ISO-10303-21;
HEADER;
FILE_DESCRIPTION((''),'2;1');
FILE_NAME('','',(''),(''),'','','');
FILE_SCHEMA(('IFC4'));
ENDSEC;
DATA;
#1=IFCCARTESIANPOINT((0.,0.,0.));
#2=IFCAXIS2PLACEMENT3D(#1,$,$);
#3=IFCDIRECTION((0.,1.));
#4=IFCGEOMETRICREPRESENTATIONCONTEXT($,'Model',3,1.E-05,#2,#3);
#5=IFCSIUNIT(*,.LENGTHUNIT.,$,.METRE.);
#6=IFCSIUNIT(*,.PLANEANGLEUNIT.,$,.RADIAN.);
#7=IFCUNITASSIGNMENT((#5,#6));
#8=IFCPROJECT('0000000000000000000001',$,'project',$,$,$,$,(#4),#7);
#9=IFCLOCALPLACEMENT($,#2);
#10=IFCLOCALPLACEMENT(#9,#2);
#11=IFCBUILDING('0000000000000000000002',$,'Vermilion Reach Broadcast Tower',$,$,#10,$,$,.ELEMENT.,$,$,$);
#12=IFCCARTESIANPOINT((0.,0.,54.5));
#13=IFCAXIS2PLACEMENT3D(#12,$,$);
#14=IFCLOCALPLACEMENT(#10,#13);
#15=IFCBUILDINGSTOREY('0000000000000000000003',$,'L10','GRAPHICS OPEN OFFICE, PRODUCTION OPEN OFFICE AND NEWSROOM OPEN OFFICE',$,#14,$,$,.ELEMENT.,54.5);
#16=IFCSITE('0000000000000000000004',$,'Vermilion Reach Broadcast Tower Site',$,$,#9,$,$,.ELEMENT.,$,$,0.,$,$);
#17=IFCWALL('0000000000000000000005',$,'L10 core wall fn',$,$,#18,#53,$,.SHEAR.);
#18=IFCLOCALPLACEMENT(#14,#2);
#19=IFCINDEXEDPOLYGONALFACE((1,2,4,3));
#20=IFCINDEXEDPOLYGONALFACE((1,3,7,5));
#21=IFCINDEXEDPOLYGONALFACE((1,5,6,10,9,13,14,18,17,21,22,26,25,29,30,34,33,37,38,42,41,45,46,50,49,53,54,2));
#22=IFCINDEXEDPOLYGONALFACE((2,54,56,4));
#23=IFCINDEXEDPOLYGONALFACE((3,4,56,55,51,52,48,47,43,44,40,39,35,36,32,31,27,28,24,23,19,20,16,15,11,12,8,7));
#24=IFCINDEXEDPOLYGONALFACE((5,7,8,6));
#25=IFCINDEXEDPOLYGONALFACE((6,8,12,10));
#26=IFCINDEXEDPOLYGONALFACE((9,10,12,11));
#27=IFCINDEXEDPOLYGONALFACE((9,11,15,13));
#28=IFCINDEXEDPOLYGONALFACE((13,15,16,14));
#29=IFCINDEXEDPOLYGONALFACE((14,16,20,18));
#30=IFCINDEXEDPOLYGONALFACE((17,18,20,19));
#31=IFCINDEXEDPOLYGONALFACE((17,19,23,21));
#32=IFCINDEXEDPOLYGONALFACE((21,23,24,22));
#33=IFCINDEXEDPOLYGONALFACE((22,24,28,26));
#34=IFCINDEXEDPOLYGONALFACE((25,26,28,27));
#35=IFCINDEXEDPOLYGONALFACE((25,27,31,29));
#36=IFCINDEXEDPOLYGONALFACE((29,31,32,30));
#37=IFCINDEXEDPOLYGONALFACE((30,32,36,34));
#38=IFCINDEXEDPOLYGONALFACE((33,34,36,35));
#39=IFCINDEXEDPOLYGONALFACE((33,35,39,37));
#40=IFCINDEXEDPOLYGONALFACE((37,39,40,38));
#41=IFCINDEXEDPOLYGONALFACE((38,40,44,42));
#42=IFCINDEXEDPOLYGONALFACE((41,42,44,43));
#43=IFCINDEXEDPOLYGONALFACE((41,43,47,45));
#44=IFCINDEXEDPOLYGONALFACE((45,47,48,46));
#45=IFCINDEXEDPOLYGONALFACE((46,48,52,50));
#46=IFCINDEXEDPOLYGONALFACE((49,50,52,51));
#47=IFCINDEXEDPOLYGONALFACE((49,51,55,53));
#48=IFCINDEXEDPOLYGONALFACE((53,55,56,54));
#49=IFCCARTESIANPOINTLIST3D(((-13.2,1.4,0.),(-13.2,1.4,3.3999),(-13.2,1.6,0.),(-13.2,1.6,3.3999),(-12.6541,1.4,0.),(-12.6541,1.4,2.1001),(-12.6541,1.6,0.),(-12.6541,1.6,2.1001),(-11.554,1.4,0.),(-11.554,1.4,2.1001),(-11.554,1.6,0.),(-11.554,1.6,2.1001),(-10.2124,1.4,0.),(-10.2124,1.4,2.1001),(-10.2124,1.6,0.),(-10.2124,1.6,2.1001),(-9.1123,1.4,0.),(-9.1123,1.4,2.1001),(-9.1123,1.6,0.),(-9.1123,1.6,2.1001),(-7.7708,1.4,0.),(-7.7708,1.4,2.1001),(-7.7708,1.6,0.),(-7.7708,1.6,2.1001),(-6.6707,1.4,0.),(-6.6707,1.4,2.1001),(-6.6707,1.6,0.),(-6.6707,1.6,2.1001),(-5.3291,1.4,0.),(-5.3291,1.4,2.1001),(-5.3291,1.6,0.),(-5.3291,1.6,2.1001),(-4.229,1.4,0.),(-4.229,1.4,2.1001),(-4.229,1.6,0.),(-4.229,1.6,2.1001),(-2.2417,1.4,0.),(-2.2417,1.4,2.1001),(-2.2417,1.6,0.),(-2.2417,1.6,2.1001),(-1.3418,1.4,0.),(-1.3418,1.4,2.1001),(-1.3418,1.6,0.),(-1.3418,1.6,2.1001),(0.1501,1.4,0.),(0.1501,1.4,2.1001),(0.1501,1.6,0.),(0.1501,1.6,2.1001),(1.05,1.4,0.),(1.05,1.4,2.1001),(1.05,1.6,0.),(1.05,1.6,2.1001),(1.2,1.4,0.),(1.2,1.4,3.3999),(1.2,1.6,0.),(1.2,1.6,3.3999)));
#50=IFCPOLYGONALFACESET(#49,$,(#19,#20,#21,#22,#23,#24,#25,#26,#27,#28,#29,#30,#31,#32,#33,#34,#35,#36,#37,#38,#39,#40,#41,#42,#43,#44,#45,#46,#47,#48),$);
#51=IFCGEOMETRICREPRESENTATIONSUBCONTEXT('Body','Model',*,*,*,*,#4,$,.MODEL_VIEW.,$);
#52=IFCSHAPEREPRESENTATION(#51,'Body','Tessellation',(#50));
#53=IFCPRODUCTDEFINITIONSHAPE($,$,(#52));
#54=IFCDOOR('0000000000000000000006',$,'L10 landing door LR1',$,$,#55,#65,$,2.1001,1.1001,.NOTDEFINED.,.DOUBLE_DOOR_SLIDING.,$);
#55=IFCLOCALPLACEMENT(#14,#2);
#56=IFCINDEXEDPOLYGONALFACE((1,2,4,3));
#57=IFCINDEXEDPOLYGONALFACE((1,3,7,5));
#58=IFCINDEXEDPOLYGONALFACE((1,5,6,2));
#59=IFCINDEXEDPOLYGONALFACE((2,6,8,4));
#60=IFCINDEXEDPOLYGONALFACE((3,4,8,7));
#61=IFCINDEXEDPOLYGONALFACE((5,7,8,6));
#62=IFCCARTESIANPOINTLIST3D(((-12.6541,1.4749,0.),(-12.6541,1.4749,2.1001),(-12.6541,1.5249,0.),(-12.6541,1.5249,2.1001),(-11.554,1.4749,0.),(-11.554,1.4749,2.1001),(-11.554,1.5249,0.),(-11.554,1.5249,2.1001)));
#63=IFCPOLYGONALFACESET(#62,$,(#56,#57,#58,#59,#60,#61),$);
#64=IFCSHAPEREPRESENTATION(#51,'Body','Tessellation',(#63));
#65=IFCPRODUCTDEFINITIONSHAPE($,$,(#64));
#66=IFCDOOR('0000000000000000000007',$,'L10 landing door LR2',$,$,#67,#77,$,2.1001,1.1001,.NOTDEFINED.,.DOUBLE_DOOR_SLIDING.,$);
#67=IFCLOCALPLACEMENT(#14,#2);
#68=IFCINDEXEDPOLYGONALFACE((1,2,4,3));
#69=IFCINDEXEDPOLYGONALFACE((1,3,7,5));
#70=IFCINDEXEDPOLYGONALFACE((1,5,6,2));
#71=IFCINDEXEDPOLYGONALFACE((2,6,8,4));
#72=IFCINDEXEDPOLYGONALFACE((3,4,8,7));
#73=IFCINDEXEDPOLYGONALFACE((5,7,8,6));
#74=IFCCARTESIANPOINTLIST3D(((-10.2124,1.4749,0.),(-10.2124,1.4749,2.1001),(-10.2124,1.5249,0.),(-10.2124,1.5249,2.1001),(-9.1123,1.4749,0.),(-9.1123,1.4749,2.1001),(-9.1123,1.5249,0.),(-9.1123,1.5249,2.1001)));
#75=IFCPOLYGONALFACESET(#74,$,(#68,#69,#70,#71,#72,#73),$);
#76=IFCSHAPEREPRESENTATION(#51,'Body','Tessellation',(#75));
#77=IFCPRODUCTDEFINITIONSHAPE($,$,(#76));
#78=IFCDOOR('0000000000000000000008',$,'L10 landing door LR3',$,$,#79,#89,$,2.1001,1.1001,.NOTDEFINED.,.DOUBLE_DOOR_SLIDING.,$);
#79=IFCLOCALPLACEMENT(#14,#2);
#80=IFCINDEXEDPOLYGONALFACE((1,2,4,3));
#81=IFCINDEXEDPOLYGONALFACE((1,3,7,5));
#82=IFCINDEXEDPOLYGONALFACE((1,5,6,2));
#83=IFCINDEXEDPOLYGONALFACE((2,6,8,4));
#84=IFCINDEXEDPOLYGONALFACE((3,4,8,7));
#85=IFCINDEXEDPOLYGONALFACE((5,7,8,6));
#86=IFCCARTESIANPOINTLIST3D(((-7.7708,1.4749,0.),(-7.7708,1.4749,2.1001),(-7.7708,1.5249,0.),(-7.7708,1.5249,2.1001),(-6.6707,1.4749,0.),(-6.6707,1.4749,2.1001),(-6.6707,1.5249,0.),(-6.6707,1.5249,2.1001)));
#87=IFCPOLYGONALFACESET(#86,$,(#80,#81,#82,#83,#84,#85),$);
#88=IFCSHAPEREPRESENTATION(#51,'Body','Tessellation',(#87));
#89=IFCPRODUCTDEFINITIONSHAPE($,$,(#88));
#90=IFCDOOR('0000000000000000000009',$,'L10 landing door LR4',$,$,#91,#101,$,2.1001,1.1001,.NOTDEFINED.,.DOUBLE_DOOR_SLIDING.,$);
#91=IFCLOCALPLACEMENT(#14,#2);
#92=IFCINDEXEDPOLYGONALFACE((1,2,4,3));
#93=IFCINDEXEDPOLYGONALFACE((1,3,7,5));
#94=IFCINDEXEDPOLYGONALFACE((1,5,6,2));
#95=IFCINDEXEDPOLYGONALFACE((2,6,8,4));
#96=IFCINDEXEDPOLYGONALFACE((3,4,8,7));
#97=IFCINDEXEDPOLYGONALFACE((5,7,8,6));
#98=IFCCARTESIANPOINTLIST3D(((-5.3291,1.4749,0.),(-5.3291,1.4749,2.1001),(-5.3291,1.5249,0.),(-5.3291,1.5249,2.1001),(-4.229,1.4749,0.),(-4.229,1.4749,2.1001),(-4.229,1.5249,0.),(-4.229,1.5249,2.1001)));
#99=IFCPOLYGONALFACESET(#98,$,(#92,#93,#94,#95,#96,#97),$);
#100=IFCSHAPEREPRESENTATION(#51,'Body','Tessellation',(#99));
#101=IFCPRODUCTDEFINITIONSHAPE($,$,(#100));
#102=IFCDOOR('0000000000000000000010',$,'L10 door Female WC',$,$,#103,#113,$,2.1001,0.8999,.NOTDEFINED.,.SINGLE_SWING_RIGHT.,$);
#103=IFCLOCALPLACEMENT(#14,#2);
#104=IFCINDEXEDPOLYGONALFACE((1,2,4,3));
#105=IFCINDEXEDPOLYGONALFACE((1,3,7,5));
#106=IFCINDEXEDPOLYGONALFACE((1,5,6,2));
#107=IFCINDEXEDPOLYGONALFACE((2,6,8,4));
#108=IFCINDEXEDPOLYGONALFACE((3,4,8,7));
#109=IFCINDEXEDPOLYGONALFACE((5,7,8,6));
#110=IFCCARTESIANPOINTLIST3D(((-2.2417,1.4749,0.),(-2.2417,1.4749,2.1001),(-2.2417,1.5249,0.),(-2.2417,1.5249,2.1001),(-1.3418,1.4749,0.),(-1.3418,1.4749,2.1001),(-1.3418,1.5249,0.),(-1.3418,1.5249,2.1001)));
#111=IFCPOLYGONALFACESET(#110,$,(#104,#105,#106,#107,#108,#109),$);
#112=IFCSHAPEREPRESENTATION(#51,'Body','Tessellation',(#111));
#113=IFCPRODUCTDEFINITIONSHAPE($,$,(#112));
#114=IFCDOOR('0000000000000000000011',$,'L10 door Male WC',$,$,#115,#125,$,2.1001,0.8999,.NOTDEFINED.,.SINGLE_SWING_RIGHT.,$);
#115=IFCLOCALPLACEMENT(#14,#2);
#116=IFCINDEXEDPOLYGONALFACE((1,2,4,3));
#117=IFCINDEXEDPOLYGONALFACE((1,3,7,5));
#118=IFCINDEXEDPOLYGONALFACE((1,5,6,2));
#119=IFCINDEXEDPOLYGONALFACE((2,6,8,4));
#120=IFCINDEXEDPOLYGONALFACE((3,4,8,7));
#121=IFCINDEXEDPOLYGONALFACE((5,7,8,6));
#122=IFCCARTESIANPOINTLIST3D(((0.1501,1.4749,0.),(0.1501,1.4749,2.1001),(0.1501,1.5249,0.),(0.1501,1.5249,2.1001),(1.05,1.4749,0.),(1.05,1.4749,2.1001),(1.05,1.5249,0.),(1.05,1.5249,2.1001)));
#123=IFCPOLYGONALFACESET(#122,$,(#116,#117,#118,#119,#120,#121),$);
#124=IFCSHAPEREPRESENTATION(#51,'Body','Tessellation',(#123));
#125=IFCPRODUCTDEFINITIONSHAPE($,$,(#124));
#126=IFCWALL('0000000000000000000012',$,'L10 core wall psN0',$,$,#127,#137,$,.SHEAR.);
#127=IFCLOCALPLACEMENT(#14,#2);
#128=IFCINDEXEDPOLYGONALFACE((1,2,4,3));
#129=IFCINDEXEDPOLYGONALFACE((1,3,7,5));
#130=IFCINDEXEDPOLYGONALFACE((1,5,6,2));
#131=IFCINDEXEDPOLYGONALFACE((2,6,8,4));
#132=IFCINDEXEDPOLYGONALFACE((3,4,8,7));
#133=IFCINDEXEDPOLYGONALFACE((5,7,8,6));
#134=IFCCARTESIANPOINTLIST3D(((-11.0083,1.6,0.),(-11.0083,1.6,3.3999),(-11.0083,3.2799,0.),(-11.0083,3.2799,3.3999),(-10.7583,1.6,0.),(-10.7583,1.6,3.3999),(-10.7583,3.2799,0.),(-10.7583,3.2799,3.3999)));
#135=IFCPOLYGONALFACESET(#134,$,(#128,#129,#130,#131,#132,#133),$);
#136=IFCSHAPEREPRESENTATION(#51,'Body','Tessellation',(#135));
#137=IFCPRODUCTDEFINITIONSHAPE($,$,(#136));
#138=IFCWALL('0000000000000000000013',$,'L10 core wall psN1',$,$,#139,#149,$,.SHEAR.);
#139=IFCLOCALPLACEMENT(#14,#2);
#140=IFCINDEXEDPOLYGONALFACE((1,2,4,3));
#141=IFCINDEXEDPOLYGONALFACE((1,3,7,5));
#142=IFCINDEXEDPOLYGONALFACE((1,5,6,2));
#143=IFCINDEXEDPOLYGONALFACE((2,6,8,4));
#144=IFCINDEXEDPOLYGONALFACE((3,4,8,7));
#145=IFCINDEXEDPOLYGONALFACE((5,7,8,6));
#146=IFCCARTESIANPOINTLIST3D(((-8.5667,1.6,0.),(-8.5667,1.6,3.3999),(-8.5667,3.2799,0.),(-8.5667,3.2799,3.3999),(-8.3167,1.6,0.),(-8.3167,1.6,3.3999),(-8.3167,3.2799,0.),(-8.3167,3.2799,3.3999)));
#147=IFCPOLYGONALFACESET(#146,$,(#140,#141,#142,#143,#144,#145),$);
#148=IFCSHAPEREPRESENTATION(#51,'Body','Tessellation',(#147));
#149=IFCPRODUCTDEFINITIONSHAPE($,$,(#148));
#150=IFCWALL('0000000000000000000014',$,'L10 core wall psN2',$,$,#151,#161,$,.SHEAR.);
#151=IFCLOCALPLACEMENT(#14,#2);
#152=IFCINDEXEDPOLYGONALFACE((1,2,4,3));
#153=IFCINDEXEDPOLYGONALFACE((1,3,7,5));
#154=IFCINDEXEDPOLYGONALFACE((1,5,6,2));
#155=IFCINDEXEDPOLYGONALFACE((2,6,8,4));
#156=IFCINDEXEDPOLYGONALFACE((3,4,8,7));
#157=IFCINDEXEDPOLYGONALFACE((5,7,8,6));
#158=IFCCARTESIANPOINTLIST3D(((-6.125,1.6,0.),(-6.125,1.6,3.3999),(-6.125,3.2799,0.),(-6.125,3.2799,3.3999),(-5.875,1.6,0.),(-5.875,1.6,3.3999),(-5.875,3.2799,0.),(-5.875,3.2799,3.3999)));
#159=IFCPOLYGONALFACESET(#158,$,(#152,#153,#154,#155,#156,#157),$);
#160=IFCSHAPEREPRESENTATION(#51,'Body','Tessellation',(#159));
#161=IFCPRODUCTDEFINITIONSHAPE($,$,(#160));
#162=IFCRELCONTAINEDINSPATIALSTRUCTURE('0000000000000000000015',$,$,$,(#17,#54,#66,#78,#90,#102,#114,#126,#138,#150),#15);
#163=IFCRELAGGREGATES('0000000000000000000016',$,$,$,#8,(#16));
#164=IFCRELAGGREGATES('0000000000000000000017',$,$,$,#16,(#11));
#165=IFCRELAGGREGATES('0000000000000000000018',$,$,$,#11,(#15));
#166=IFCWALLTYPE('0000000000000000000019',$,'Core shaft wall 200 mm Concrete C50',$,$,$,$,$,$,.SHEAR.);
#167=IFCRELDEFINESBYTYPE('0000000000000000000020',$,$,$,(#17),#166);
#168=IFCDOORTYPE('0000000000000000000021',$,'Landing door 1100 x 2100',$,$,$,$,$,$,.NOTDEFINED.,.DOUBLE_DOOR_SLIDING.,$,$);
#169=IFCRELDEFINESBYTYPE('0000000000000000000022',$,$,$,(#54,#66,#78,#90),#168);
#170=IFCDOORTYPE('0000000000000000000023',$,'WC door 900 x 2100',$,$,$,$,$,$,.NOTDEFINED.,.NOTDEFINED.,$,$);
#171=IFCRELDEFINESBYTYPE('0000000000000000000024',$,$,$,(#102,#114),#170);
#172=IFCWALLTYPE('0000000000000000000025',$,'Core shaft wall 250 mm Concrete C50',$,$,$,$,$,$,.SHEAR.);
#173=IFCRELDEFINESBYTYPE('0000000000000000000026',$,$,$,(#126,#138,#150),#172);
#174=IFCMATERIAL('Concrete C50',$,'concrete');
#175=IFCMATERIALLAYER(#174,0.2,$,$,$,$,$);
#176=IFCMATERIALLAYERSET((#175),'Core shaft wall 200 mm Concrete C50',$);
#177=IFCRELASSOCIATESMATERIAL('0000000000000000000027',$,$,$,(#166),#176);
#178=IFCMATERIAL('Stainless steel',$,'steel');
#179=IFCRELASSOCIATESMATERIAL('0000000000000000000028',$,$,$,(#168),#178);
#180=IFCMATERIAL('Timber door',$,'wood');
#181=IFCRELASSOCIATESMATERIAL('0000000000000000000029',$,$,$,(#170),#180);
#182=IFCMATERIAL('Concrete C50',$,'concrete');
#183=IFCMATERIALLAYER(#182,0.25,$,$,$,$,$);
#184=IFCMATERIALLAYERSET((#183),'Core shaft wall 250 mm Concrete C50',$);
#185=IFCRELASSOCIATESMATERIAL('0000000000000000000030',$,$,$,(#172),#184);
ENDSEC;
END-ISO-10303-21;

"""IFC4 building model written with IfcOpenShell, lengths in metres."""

from ifc_helpers import new_model, si_unit, direction, frame, frame_2d, origin, place, context, subcontext, project, spatial, rectangle, extrude, material, layer, layer_set, type_object, element, fill, save


model = new_model("IFC4")

# Units and contexts
model_context = context("Model", 3, precision=1e-05, world=origin(), true_north=direction((0.0, 1.0)))
body_context = subcontext(model_context, "Body", "Model", "MODEL_VIEW")
ifc_project = project(units=[si_unit("LENGTHUNIT", "METRE"), si_unit("PLANEANGLEUNIT", "RADIAN")], contexts=[model_context])

# Site, building, storey
site_placement = place(None, origin())
site = spatial("IfcSite", under=ifc_project, at=site_placement, Name="Vermilion Reach Broadcast Tower Site", CompositionType="ELEMENT", RefElevation=0.0)
building_placement = place(site_placement, origin())
building = spatial("IfcBuilding", under=site, at=building_placement, Name="Vermilion Reach Broadcast Tower", CompositionType="ELEMENT")
storey_placement = place(building_placement, frame((0.0, 0.0, 54.5)))
storey = spatial("IfcBuildingStorey", under=building, at=storey_placement, Name="L10", Description="GRAPHICS OPEN OFFICE, PRODUCTION OPEN OFFICE AND NEWSROOM OPEN OFFICE", CompositionType="ELEMENT", Elevation=54.5)

# Wall, openings, doors
ifc_material_1 = material(Name="Concrete C50", Category="concrete")
ifc_layer_1 = layer(ifc_material_1, 0.2)
ifc_layer_set_1 = layer_set([ifc_layer_1], Name="Core shaft wall 200 mm Concrete C50")
wall_type_1 = type_object("IfcWallType", Name="Core shaft wall 200 mm Concrete C50", PredefinedType="SHEAR", material=ifc_layer_set_1)
wall_1_placement = place(storey_placement, frame((-13.2, 1.5, 0.0), z_axis=(0.0, 0.0, 1.0), x_axis=(1.0, 0.0, 0.0)))
wall_1 = element("IfcWall", 1, at=wall_1_placement, inside=storey, type_object=wall_type_1, Name="L10 core wall fn", PredefinedType="SHEAR", context=body_context, shape_type="SweptSolid", body=[
    extrude(rectangle(XDim=14.3999, YDim=0.2, at=frame_2d((7.2, 0.0))), origin(), (0.0, 0.0, 1.0), 3.3999),
])
opening_1_placement = place(wall_1_placement, frame((0.5459, 0.0, 0.0)))
opening_1 = element("IfcOpeningElement", 2, at=opening_1_placement, cuts=wall_1, PredefinedType="OPENING", context=body_context, shape_type="SweptSolid", body=[
    extrude(rectangle(XDim=1.1001, YDim=2.1001, at=frame_2d((0.55, 1.05))), frame((0.0, 0.1099, 0.0), z_axis=(0.0, -1.0, 0.0), x_axis=(1.0, 0.0, 0.0)), (0.0, 0.0, 1.0), 0.22),
])
opening_2_placement = place(wall_1_placement, frame((2.9875, 0.0, 0.0)))
opening_2 = element("IfcOpeningElement", 3, at=opening_2_placement, cuts=wall_1, PredefinedType="OPENING", context=body_context, shape_type="SweptSolid", body=[
    extrude(rectangle(XDim=1.1001, YDim=2.1001, at=frame_2d((0.55, 1.05))), frame((0.0, 0.1099, 0.0), z_axis=(0.0, -1.0, 0.0), x_axis=(1.0, 0.0, 0.0)), (0.0, 0.0, 1.0), 0.22),
])
opening_3_placement = place(wall_1_placement, frame((5.4292, 0.0, 0.0)))
opening_3 = element("IfcOpeningElement", 4, at=opening_3_placement, cuts=wall_1, PredefinedType="OPENING", context=body_context, shape_type="SweptSolid", body=[
    extrude(rectangle(XDim=1.1001, YDim=2.1001, at=frame_2d((0.55, 1.05))), frame((0.0, 0.1099, 0.0), z_axis=(0.0, -1.0, 0.0), x_axis=(1.0, 0.0, 0.0)), (0.0, 0.0, 1.0), 0.22),
])
opening_4_placement = place(wall_1_placement, frame((7.8708, 0.0, 0.0)))
opening_4 = element("IfcOpeningElement", 5, at=opening_4_placement, cuts=wall_1, PredefinedType="OPENING", context=body_context, shape_type="SweptSolid", body=[
    extrude(rectangle(XDim=1.1001, YDim=2.1001, at=frame_2d((0.55, 1.05))), frame((0.0, 0.1099, 0.0), z_axis=(0.0, -1.0, 0.0), x_axis=(1.0, 0.0, 0.0)), (0.0, 0.0, 1.0), 0.22),
])
opening_5_placement = place(wall_1_placement, frame((10.9583, 0.0, 0.0)))
opening_5 = element("IfcOpeningElement", 6, at=opening_5_placement, cuts=wall_1, PredefinedType="OPENING", context=body_context, shape_type="SweptSolid", body=[
    extrude(rectangle(XDim=0.8999, YDim=2.1001, at=frame_2d((0.45, 1.05))), frame((0.0, 0.1099, 0.0), z_axis=(0.0, -1.0, 0.0), x_axis=(1.0, 0.0, 0.0)), (0.0, 0.0, 1.0), 0.22),
])
opening_6_placement = place(wall_1_placement, frame((13.3501, 0.0, 0.0)))
opening_6 = element("IfcOpeningElement", 7, at=opening_6_placement, cuts=wall_1, PredefinedType="OPENING", context=body_context, shape_type="SweptSolid", body=[
    extrude(rectangle(XDim=0.8999, YDim=2.1001, at=frame_2d((0.45, 1.05))), frame((0.0, 0.1099, 0.0), z_axis=(0.0, -1.0, 0.0), x_axis=(1.0, 0.0, 0.0)), (0.0, 0.0, 1.0), 0.22),
])
ifc_material_2 = material(Name="Stainless steel", Category="steel")
door_type_1 = type_object("IfcDoorType", Name="Landing door 1100 x 2100", OperationType="DOUBLE_DOOR_SLIDING", PredefinedType="NOTDEFINED", material=ifc_material_2)
door_1_placement = place(opening_1_placement, origin())
door_1 = element("IfcDoor", 8, at=door_1_placement, inside=storey, type_object=door_type_1, Name="L10 landing door LR1", OperationType="DOUBLE_DOOR_SLIDING", OverallHeight=2.1001, OverallWidth=1.1001, PredefinedType="NOTDEFINED", context=body_context, shape_type="SweptSolid", body=[
    extrude(rectangle(XDim=1.1001, YDim=2.1001, at=frame_2d((0.55, 1.05))), frame((0.0, 0.0249, 0.0), z_axis=(0.0, -1.0, 0.0), x_axis=(1.0, 0.0, 0.0)), (0.0, 0.0, 1.0), 0.05),
])
fill(opening_1, door_1)
door_2_placement = place(opening_2_placement, origin())
door_2 = element("IfcDoor", 9, at=door_2_placement, inside=storey, type_object=door_type_1, Name="L10 landing door LR2", OperationType="DOUBLE_DOOR_SLIDING", OverallHeight=2.1001, OverallWidth=1.1001, PredefinedType="NOTDEFINED", context=body_context, shape_type="SweptSolid", body=[
    extrude(rectangle(XDim=1.1001, YDim=2.1001, at=frame_2d((0.55, 1.05))), frame((0.0, 0.0249, 0.0), z_axis=(0.0, -1.0, 0.0), x_axis=(1.0, 0.0, 0.0)), (0.0, 0.0, 1.0), 0.05),
])
fill(opening_2, door_2)
door_3_placement = place(opening_3_placement, origin())
door_3 = element("IfcDoor", 10, at=door_3_placement, inside=storey, type_object=door_type_1, Name="L10 landing door LR3", OperationType="DOUBLE_DOOR_SLIDING", OverallHeight=2.1001, OverallWidth=1.1001, PredefinedType="NOTDEFINED", context=body_context, shape_type="SweptSolid", body=[
    extrude(rectangle(XDim=1.1001, YDim=2.1001, at=frame_2d((0.55, 1.05))), frame((0.0, 0.0249, 0.0), z_axis=(0.0, -1.0, 0.0), x_axis=(1.0, 0.0, 0.0)), (0.0, 0.0, 1.0), 0.05),
])
fill(opening_3, door_3)
door_4_placement = place(opening_4_placement, origin())
door_4 = element("IfcDoor", 11, at=door_4_placement, inside=storey, type_object=door_type_1, Name="L10 landing door LR4", OperationType="DOUBLE_DOOR_SLIDING", OverallHeight=2.1001, OverallWidth=1.1001, PredefinedType="NOTDEFINED", context=body_context, shape_type="SweptSolid", body=[
    extrude(rectangle(XDim=1.1001, YDim=2.1001, at=frame_2d((0.55, 1.05))), frame((0.0, 0.0249, 0.0), z_axis=(0.0, -1.0, 0.0), x_axis=(1.0, 0.0, 0.0)), (0.0, 0.0, 1.0), 0.05),
])
fill(opening_4, door_4)
ifc_material_3 = material(Name="Timber door", Category="wood")
door_type_2 = type_object("IfcDoorType", Name="WC door 900 x 2100", OperationType="NOTDEFINED", PredefinedType="NOTDEFINED", material=ifc_material_3)
door_5_placement = place(opening_5_placement, origin())
door_5 = element("IfcDoor", 12, at=door_5_placement, inside=storey, type_object=door_type_2, Name="L10 door Female WC", OperationType="SINGLE_SWING_RIGHT", OverallHeight=2.1001, OverallWidth=0.8999, PredefinedType="NOTDEFINED", context=body_context, shape_type="SweptSolid", body=[
    extrude(rectangle(XDim=0.8999, YDim=2.1001, at=frame_2d((0.45, 1.05))), frame((0.0, 0.0249, 0.0), z_axis=(0.0, -1.0, 0.0), x_axis=(1.0, 0.0, 0.0)), (0.0, 0.0, 1.0), 0.05),
])
fill(opening_5, door_5)
door_6_placement = place(opening_6_placement, origin())
door_6 = element("IfcDoor", 13, at=door_6_placement, inside=storey, type_object=door_type_2, Name="L10 door Male WC", OperationType="SINGLE_SWING_RIGHT", OverallHeight=2.1001, OverallWidth=0.8999, PredefinedType="NOTDEFINED", context=body_context, shape_type="SweptSolid", body=[
    extrude(rectangle(XDim=0.8999, YDim=2.1001, at=frame_2d((0.45, 1.05))), frame((0.0, 0.0249, 0.0), z_axis=(0.0, -1.0, 0.0), x_axis=(1.0, 0.0, 0.0)), (0.0, 0.0, 1.0), 0.05),
])
fill(opening_6, door_6)

# Walls
ifc_material_4 = material(Name="Concrete C50", Category="concrete")
ifc_layer_2 = layer(ifc_material_4, 0.25)
ifc_layer_set_2 = layer_set([ifc_layer_2], Name="Core shaft wall 250 mm Concrete C50")
wall_type_2 = type_object("IfcWallType", Name="Core shaft wall 250 mm Concrete C50", PredefinedType="SHEAR", material=ifc_layer_set_2)
for number, where, z_axis, x_axis, name in (
    (14, (-10.8833, 1.6001, 0.0), (0.0, 0.0, 1.0), (0.0, 1.0, 0.0), "L10 core wall psN0"),
    (15, (-8.4417, 1.6001, 0.0), (0.0, 0.0, 1.0), (0.0, 1.0, 0.0), "L10 core wall psN1"),
    (16, (-6.0, 1.6001, 0.0), (0.0, 0.0, 1.0), (0.0, 1.0, 0.0), "L10 core wall psN2"),
):
    element("IfcWall", number, at=place(storey_placement, frame(where, z_axis=z_axis, x_axis=x_axis)), inside=storey, type_object=wall_type_2, Name=name, PredefinedType="SHEAR", context=body_context, shape_type="SweptSolid", body=[
        extrude(rectangle(XDim=1.6799, YDim=0.25, at=frame_2d((0.8398, 0.0))), origin(), (0.0, 0.0, 1.0), 3.3999),
    ])

save(model, "model.ifc")
